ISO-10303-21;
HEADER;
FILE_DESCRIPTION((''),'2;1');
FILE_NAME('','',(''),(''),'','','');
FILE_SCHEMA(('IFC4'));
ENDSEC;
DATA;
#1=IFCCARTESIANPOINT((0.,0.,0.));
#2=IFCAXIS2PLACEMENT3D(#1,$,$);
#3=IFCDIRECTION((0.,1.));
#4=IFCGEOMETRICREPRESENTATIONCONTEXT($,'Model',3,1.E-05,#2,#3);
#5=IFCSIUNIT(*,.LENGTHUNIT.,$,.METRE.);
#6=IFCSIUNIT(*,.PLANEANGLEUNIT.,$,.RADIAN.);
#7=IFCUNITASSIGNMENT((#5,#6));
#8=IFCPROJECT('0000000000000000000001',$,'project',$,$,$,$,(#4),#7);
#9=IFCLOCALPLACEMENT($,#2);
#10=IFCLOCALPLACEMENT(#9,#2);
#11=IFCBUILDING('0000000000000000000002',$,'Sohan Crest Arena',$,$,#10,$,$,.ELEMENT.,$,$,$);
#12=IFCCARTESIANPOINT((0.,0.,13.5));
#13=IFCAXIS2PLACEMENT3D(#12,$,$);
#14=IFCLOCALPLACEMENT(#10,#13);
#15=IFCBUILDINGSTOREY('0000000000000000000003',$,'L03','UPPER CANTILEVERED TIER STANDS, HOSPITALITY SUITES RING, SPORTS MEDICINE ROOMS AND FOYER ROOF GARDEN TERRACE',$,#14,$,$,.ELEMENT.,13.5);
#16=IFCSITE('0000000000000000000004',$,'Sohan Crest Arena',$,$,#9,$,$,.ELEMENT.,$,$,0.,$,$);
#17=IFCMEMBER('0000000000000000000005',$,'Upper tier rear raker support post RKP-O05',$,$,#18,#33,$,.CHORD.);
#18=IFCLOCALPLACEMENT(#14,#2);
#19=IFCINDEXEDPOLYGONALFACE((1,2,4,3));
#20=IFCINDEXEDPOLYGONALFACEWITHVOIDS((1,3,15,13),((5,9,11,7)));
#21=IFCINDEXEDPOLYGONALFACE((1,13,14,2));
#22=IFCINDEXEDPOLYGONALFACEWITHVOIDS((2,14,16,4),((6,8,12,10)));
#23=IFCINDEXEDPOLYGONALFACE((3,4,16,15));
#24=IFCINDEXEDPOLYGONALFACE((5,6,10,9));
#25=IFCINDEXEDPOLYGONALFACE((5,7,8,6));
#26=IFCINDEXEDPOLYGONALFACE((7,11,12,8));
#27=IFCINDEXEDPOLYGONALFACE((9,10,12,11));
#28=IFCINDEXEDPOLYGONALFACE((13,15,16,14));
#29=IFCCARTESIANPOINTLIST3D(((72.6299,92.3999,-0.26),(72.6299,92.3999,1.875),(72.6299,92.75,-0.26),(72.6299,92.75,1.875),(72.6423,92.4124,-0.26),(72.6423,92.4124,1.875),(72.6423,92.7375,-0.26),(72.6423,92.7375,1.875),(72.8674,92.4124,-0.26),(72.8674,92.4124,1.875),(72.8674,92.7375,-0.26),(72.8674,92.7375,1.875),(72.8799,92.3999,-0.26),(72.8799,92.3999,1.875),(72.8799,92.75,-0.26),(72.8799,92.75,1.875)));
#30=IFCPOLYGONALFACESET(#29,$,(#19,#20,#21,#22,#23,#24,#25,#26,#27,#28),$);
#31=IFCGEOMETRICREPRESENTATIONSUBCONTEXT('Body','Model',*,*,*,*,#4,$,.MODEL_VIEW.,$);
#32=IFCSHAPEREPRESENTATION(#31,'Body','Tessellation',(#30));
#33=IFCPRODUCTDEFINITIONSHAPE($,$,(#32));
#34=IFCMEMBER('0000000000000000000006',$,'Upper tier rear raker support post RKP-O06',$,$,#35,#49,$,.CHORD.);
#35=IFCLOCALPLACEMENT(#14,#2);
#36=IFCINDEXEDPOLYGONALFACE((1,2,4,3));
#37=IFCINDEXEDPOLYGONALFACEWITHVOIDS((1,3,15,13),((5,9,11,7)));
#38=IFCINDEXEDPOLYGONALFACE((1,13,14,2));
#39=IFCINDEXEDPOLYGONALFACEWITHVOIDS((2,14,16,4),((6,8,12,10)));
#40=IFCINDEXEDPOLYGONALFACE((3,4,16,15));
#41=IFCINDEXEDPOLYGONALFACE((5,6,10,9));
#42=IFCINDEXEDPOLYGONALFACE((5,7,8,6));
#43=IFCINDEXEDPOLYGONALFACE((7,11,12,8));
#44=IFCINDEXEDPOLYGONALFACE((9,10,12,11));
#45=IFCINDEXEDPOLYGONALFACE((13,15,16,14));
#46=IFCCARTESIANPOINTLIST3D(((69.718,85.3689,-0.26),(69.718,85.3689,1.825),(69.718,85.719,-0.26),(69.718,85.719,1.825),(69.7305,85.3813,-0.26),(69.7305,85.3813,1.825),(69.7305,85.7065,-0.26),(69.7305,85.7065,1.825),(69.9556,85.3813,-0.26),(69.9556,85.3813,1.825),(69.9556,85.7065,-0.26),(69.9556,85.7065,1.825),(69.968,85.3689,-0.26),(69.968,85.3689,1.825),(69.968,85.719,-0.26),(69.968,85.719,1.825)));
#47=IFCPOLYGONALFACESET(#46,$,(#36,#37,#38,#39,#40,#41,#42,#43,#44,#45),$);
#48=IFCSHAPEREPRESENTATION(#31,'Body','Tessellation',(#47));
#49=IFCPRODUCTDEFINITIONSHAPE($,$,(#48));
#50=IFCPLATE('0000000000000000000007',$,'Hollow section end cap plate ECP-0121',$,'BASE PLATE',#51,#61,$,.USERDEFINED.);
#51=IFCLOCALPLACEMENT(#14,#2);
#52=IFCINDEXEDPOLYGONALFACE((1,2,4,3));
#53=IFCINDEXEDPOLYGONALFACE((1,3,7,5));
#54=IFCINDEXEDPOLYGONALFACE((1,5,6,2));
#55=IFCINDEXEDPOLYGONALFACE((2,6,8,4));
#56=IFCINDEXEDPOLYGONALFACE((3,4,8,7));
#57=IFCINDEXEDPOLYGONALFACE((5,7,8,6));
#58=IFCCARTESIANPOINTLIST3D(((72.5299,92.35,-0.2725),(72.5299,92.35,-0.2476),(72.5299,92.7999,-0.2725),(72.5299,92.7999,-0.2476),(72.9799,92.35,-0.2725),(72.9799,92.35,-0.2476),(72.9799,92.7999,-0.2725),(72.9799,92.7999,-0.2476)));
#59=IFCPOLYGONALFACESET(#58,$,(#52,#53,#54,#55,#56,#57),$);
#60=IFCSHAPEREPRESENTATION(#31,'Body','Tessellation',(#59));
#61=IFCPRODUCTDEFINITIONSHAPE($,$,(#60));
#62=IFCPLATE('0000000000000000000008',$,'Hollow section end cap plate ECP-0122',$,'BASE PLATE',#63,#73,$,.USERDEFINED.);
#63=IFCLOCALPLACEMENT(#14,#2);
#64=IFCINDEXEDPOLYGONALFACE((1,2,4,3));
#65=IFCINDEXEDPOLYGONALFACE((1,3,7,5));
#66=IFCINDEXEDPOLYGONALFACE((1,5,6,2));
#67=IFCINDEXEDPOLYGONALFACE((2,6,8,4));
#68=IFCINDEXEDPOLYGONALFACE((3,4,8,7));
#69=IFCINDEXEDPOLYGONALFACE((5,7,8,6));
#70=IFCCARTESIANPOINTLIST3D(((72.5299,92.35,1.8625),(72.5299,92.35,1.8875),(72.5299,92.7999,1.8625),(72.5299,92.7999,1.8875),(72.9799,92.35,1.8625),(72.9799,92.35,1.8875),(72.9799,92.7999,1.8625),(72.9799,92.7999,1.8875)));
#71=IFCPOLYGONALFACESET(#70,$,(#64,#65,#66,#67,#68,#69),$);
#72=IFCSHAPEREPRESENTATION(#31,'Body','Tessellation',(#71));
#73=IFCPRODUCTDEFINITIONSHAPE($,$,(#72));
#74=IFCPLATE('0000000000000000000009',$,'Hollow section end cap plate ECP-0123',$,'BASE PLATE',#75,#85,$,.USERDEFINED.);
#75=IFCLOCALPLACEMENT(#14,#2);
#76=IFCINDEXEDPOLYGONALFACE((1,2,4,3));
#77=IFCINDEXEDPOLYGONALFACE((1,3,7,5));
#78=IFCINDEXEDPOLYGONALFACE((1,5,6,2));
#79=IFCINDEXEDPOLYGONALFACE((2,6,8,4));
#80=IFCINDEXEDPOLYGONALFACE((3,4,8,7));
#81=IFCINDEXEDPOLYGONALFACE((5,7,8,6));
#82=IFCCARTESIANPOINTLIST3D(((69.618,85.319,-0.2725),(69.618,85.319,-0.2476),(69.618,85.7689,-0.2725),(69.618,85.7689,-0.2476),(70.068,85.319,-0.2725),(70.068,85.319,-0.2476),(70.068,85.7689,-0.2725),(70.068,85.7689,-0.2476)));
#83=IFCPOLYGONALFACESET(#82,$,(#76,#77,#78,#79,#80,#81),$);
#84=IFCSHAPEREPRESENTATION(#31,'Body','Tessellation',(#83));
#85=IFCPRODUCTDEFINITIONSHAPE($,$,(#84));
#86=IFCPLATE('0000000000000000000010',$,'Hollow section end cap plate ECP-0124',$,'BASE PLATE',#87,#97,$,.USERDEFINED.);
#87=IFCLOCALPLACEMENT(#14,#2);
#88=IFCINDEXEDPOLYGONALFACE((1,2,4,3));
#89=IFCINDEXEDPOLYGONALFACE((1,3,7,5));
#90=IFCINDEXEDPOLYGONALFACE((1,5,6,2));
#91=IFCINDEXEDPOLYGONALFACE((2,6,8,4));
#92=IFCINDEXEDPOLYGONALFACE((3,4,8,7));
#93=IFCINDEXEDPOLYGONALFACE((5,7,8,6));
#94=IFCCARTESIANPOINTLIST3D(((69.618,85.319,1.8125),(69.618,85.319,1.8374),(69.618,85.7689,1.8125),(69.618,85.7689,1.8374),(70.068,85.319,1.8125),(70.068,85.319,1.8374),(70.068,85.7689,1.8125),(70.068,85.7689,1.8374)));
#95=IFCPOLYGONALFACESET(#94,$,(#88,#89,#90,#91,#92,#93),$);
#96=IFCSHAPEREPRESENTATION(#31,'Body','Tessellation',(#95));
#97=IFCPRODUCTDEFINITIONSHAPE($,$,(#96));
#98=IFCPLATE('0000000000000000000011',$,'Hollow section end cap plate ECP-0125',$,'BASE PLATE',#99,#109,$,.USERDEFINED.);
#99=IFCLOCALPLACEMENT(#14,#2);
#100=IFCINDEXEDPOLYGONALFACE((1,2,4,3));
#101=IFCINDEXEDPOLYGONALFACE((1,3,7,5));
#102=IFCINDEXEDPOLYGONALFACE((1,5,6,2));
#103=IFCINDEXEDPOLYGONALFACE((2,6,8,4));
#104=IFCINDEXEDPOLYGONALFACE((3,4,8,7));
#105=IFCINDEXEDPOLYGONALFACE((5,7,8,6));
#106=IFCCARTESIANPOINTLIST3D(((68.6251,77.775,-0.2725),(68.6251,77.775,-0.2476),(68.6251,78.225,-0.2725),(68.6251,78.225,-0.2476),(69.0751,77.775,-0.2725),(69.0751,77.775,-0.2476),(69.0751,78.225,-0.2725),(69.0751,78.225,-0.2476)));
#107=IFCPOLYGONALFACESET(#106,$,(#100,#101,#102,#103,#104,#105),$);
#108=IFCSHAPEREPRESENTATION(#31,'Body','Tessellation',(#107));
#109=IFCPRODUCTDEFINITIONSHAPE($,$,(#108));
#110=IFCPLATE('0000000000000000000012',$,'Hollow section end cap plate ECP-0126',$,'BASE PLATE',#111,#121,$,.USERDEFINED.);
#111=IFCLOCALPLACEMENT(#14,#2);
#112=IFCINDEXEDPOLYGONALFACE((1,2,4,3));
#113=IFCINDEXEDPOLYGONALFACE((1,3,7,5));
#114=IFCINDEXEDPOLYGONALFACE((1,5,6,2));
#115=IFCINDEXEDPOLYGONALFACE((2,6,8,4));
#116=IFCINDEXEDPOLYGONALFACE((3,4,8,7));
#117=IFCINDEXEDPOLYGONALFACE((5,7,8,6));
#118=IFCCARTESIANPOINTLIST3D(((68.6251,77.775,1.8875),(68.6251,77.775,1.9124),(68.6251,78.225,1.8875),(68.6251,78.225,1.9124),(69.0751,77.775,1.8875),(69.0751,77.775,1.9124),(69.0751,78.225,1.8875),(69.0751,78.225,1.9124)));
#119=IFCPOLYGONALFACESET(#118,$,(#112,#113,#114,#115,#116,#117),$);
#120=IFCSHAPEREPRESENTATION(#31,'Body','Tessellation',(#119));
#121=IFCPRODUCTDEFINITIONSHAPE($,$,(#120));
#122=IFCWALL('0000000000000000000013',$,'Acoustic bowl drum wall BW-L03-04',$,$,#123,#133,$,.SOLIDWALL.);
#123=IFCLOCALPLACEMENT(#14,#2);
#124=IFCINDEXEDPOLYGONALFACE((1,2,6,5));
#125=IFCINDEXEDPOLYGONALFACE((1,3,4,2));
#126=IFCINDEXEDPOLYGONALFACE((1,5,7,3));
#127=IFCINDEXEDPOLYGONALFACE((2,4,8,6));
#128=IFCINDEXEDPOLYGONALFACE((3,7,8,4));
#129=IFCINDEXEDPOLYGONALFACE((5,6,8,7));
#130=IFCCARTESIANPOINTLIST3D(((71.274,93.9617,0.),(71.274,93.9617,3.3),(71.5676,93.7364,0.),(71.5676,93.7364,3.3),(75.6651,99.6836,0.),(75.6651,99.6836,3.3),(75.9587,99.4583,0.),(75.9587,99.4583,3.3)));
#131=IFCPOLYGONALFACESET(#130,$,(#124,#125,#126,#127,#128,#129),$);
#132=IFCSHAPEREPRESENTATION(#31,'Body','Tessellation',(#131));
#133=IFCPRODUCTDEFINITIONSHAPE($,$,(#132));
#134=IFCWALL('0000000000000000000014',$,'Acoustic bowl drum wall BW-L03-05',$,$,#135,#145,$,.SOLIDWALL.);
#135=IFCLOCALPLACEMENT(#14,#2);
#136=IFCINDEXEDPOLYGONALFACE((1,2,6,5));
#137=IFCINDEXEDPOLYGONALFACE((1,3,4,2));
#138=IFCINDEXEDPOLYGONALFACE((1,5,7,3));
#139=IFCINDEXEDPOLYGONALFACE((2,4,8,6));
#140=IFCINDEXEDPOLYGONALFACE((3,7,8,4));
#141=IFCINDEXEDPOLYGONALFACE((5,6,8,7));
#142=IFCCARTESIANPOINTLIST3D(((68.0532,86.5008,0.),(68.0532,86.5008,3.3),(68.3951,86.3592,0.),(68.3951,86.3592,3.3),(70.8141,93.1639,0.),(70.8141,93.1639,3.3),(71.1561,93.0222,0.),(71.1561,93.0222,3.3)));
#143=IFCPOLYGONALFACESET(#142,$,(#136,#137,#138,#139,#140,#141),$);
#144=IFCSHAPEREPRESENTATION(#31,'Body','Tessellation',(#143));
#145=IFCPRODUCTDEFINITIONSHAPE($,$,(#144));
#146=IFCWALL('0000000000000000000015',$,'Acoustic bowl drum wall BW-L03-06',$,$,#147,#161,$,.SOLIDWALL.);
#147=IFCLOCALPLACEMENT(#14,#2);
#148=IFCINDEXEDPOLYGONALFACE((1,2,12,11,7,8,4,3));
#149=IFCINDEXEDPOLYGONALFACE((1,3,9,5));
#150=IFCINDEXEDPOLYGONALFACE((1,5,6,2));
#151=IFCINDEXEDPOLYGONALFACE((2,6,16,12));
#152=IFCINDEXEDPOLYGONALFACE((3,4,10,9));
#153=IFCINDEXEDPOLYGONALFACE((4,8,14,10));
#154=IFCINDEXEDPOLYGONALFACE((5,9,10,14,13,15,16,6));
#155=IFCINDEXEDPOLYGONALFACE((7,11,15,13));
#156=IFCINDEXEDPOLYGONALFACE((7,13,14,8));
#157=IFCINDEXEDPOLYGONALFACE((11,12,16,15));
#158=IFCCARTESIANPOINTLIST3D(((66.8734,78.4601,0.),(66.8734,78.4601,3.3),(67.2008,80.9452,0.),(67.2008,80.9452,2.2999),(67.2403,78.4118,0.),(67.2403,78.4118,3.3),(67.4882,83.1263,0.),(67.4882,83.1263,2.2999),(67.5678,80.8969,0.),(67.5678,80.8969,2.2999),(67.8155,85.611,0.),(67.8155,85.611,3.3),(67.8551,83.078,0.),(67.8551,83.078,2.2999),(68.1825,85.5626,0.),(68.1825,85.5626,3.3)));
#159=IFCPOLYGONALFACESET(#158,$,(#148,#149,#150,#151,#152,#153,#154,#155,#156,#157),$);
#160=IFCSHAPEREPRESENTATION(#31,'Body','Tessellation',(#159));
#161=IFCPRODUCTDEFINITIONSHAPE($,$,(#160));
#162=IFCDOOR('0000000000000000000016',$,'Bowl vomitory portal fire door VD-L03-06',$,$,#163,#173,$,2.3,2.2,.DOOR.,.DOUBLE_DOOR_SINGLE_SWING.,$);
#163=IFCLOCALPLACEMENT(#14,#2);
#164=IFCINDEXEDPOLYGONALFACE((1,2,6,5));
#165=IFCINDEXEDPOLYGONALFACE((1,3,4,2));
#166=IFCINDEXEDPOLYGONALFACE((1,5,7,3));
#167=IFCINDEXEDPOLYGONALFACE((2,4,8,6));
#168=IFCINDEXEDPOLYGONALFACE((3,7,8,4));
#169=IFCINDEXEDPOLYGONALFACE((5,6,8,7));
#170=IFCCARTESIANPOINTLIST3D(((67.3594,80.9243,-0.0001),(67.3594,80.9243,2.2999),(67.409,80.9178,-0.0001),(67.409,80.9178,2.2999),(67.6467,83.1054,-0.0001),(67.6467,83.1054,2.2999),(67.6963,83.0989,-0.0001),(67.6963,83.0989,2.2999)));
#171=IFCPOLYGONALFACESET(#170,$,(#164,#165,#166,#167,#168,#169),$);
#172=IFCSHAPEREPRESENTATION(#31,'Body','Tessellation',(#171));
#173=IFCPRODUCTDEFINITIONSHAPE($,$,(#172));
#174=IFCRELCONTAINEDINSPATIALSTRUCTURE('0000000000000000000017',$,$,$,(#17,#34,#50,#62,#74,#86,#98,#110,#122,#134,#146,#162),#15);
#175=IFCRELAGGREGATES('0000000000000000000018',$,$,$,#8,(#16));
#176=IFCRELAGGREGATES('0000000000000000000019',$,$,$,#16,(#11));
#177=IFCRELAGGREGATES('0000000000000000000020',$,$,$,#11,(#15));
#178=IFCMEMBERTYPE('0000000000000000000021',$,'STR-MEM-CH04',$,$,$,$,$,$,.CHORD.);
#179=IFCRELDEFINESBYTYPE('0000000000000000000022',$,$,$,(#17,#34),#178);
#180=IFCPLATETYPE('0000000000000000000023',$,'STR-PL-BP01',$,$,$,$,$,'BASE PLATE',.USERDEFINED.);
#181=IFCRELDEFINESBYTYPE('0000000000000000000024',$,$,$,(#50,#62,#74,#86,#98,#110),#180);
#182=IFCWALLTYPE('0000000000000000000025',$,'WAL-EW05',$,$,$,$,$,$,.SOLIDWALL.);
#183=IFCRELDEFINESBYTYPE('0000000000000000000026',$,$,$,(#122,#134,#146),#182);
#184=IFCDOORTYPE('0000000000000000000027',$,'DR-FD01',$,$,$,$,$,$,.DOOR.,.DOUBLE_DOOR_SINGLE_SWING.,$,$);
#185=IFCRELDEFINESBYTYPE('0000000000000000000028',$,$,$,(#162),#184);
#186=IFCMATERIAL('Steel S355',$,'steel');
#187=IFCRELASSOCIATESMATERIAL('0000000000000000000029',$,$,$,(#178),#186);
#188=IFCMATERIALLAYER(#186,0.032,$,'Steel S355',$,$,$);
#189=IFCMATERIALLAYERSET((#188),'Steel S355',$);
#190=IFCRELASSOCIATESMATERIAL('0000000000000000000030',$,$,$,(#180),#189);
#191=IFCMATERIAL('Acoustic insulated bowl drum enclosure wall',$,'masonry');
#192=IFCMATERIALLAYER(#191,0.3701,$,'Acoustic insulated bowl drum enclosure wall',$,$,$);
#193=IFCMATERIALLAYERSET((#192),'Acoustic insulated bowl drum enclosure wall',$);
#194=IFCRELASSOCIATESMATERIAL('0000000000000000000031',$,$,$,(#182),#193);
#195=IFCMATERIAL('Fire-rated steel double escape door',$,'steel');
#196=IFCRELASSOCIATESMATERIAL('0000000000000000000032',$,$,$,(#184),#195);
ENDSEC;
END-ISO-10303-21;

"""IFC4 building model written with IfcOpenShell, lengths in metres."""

from ifc_helpers import new_model, si_unit, direction, frame, frame_2d, origin, origin_2d, place, context, subcontext, project, spatial, rectangle, hollow_rectangle, extrude, material, layer, layer_set, material_profile, profile_set, type_object, element, fill, save


model = new_model("IFC4")

# Units and contexts
model_context = context("Model", 3, precision=1e-05, world=origin(), true_north=direction((0.0, 1.0)))
body_context = subcontext(model_context, "Body", "Model", "MODEL_VIEW")
ifc_project = project(units=[si_unit("LENGTHUNIT", "METRE"), si_unit("PLANEANGLEUNIT", "RADIAN")], contexts=[model_context])

# Site, building, storey
site_placement = place(None, origin())
site = spatial("IfcSite", under=ifc_project, at=site_placement, Name="Sohan Crest Arena", CompositionType="ELEMENT", RefElevation=0.0)
building_placement = place(site_placement, origin())
building = spatial("IfcBuilding", under=site, at=building_placement, Name="Sohan Crest Arena", CompositionType="ELEMENT")
storey_placement = place(building_placement, frame((0.0, 0.0, 13.5)))
storey = spatial("IfcBuildingStorey", under=building, at=storey_placement, Name="L03", Description="UPPER CANTILEVERED TIER STANDS, HOSPITALITY SUITES RING, SPORTS MEDICINE ROOMS AND FOYER ROOF GARDEN TERRACE", CompositionType="ELEMENT", Elevation=13.5)

# Shared definitions
ifc_material_1 = material(Name="Steel S355", Category="steel")

# Members
ifc_material_profile_1 = material_profile(ifc_material_1, hollow_rectangle(XDim=0.25, YDim=0.3501, WallThickness=0.0125, at=origin_2d()), Name="RHS 350x250x12.5")
ifc_profile_set_1 = profile_set([ifc_material_profile_1], Name="Steel S355")
member_type = type_object("IfcMemberType", Name="STR-MEM-CH04", PredefinedType="CHORD", material=ifc_profile_set_1)
member_1_placement = place(storey_placement, frame((72.7549, 92.575, -0.26), z_axis=(0.0, 0.0, 1.0), x_axis=(1.0, 0.0, 0.0)))
element("IfcMember", 1, at=member_1_placement, inside=storey, type_object=member_type, Name="Upper tier rear raker support post RKP-O05", PredefinedType="CHORD", context=body_context, shape_type="SweptSolid", body=[
    extrude(hollow_rectangle(XDim=0.25, YDim=0.3501, WallThickness=0.0125, at=origin_2d()), origin(), (0.0, 0.0, 1.0), 2.135),
])
member_2_placement = place(storey_placement, frame((69.843, 85.5439, -0.26), z_axis=(0.0, 0.0, 1.0), x_axis=(1.0, 0.0, 0.0)))
element("IfcMember", 2, at=member_2_placement, inside=storey, type_object=member_type, Name="Upper tier rear raker support post RKP-O06", PredefinedType="CHORD", context=body_context, shape_type="SweptSolid", body=[
    extrude(hollow_rectangle(XDim=0.25, YDim=0.3501, WallThickness=0.0125, at=origin_2d()), origin(), (0.0, 0.0, 1.0), 2.085),
])

# Plates
ifc_layer_1 = layer(ifc_material_1, 0.032, Name="Steel S355")
ifc_layer_set_1 = layer_set([ifc_layer_1], Name="Steel S355")
plate_type = type_object("IfcPlateType", Name="STR-PL-BP01", ElementType="BASE PLATE", PredefinedType="USERDEFINED", material=ifc_layer_set_1)
for number, where, z_axis, x_axis, name in (
    (3, (72.7549, 92.575, -0.2725), (0.0, 0.0, 1.0), (1.0, 0.0, 0.0), "Hollow section end cap plate ECP-0121"),
    (4, (72.7549, 92.575, 1.8625), (0.0, 0.0, 1.0), (1.0, 0.0, 0.0), "Hollow section end cap plate ECP-0122"),
    (5, (69.843, 85.5439, -0.2725), (0.0, 0.0, 1.0), (1.0, 0.0, 0.0), "Hollow section end cap plate ECP-0123"),
    (6, (69.843, 85.5439, 1.8125), (0.0, 0.0, 1.0), (1.0, 0.0, 0.0), "Hollow section end cap plate ECP-0124"),
    (7, (68.8501, 78.0, -0.2725), (0.0, 0.0, 1.0), (1.0, 0.0, 0.0), "Hollow section end cap plate ECP-0125"),
    (8, (68.8501, 78.0, 1.8875), (0.0, 0.0, 1.0), (1.0, 0.0, 0.0), "Hollow section end cap plate ECP-0126"),
):
    element("IfcPlate", number, at=place(storey_placement, frame(where, z_axis=z_axis, x_axis=x_axis)), inside=storey, type_object=plate_type, Name=name, ObjectType="BASE PLATE", PredefinedType="USERDEFINED", context=body_context, shape_type="SweptSolid", body=[
        extrude(rectangle(XDim=0.45, YDim=0.45, at=origin_2d()), origin(), (0.0, 0.0, 1.0), 0.0249),
    ])

# Walls
ifc_material_2 = material(Name="Acoustic insulated bowl drum enclosure wall", Category="masonry")
ifc_layer_2 = layer(ifc_material_2, 0.3701, Name="Acoustic insulated bowl drum enclosure wall")
ifc_layer_set_2 = layer_set([ifc_layer_2], Name="Acoustic insulated bowl drum enclosure wall")
wall_type = type_object("IfcWallType", Name="WAL-EW05", PredefinedType="SOLIDWALL", material=ifc_layer_set_2)
wall_1_placement = place(storey_placement, frame((75.812, 99.571, 0.0), z_axis=(0.0, 0.0, 1.0), x_axis=(-0.608807, -0.793318, 0.0)))
element("IfcWall", 9, at=wall_1_placement, inside=storey, type_object=wall_type, Name="Acoustic bowl drum wall BW-L03-04", PredefinedType="SOLIDWALL", context=body_context, shape_type="SweptSolid", body=[
    extrude(rectangle(XDim=7.2126, YDim=0.3701, at=frame_2d((3.6064, 0.0))), origin(), (0.0, 0.0, 1.0), 3.3),
])
wall_2_placement = place(storey_placement, frame((70.9851, 93.093, 0.0), z_axis=(0.0, 0.0, 1.0), x_axis=(-0.382807, -0.923828, 0.0)))
element("IfcWall", 10, at=wall_2_placement, inside=storey, type_object=wall_type, Name="Acoustic bowl drum wall BW-L03-05", PredefinedType="SOLIDWALL", context=body_context, shape_type="SweptSolid", body=[
    extrude(rectangle(XDim=7.2124, YDim=0.3701, at=frame_2d((3.6062, 0.0))), origin(), (0.0, 0.0, 1.0), 3.3),
])

# Wall, opening, door
wall_3_placement = place(storey_placement, frame((67.999, 85.5869, 0.0), z_axis=(0.0, 0.0, 1.0), x_axis=(-0.130623, -0.991432, 0.0)))
wall_3 = element("IfcWall", 11, at=wall_3_placement, inside=storey, type_object=wall_type, Name="Acoustic bowl drum wall BW-L03-06", PredefinedType="SOLIDWALL", context=body_context, shape_type="SweptSolid", body=[
    extrude(rectangle(XDim=7.2126, YDim=0.3701, at=frame_2d((3.6064, 0.0))), origin(), (0.0, 0.0, 1.0), 3.3),
])
opening_placement = place(wall_3_placement, frame((2.5061, 0.0, 0.0)))
opening = element("IfcOpeningElement", 12, at=opening_placement, cuts=wall_3, PredefinedType="OPENING", context=body_context, shape_type="SweptSolid", body=[
    extrude(rectangle(XDim=2.2, YDim=2.3, at=frame_2d((1.1001, 1.1499))), frame((0.0, 0.1951, 0.0), z_axis=(0.0, -1.0, 0.0), x_axis=(1.0, 0.0, 0.0)), (0.0, 0.0, 1.0), 0.3901),
])
ifc_material_3 = material(Name="Fire-rated steel double escape door", Category="steel")
door_type = type_object("IfcDoorType", Name="DR-FD01", OperationType="DOUBLE_DOOR_SINGLE_SWING", PredefinedType="DOOR", material=ifc_material_3)
door_placement = place(opening_placement, origin())
door = element("IfcDoor", 13, at=door_placement, inside=storey, type_object=door_type, Name="Bowl vomitory portal fire door VD-L03-06", OperationType="DOUBLE_DOOR_SINGLE_SWING", OverallHeight=2.3, OverallWidth=2.2, PredefinedType="DOOR", context=body_context, shape_type="SweptSolid", body=[
    extrude(rectangle(XDim=2.2, YDim=2.3, at=frame_2d((1.1001, 1.1499))), frame((0.0, 0.0249, 0.0), z_axis=(0.0, -1.0, 0.0), x_axis=(1.0, 0.0, 0.0)), (0.0, 0.0, 1.0), 0.05),
])
fill(opening, door)

save(model, "model.ifc")
